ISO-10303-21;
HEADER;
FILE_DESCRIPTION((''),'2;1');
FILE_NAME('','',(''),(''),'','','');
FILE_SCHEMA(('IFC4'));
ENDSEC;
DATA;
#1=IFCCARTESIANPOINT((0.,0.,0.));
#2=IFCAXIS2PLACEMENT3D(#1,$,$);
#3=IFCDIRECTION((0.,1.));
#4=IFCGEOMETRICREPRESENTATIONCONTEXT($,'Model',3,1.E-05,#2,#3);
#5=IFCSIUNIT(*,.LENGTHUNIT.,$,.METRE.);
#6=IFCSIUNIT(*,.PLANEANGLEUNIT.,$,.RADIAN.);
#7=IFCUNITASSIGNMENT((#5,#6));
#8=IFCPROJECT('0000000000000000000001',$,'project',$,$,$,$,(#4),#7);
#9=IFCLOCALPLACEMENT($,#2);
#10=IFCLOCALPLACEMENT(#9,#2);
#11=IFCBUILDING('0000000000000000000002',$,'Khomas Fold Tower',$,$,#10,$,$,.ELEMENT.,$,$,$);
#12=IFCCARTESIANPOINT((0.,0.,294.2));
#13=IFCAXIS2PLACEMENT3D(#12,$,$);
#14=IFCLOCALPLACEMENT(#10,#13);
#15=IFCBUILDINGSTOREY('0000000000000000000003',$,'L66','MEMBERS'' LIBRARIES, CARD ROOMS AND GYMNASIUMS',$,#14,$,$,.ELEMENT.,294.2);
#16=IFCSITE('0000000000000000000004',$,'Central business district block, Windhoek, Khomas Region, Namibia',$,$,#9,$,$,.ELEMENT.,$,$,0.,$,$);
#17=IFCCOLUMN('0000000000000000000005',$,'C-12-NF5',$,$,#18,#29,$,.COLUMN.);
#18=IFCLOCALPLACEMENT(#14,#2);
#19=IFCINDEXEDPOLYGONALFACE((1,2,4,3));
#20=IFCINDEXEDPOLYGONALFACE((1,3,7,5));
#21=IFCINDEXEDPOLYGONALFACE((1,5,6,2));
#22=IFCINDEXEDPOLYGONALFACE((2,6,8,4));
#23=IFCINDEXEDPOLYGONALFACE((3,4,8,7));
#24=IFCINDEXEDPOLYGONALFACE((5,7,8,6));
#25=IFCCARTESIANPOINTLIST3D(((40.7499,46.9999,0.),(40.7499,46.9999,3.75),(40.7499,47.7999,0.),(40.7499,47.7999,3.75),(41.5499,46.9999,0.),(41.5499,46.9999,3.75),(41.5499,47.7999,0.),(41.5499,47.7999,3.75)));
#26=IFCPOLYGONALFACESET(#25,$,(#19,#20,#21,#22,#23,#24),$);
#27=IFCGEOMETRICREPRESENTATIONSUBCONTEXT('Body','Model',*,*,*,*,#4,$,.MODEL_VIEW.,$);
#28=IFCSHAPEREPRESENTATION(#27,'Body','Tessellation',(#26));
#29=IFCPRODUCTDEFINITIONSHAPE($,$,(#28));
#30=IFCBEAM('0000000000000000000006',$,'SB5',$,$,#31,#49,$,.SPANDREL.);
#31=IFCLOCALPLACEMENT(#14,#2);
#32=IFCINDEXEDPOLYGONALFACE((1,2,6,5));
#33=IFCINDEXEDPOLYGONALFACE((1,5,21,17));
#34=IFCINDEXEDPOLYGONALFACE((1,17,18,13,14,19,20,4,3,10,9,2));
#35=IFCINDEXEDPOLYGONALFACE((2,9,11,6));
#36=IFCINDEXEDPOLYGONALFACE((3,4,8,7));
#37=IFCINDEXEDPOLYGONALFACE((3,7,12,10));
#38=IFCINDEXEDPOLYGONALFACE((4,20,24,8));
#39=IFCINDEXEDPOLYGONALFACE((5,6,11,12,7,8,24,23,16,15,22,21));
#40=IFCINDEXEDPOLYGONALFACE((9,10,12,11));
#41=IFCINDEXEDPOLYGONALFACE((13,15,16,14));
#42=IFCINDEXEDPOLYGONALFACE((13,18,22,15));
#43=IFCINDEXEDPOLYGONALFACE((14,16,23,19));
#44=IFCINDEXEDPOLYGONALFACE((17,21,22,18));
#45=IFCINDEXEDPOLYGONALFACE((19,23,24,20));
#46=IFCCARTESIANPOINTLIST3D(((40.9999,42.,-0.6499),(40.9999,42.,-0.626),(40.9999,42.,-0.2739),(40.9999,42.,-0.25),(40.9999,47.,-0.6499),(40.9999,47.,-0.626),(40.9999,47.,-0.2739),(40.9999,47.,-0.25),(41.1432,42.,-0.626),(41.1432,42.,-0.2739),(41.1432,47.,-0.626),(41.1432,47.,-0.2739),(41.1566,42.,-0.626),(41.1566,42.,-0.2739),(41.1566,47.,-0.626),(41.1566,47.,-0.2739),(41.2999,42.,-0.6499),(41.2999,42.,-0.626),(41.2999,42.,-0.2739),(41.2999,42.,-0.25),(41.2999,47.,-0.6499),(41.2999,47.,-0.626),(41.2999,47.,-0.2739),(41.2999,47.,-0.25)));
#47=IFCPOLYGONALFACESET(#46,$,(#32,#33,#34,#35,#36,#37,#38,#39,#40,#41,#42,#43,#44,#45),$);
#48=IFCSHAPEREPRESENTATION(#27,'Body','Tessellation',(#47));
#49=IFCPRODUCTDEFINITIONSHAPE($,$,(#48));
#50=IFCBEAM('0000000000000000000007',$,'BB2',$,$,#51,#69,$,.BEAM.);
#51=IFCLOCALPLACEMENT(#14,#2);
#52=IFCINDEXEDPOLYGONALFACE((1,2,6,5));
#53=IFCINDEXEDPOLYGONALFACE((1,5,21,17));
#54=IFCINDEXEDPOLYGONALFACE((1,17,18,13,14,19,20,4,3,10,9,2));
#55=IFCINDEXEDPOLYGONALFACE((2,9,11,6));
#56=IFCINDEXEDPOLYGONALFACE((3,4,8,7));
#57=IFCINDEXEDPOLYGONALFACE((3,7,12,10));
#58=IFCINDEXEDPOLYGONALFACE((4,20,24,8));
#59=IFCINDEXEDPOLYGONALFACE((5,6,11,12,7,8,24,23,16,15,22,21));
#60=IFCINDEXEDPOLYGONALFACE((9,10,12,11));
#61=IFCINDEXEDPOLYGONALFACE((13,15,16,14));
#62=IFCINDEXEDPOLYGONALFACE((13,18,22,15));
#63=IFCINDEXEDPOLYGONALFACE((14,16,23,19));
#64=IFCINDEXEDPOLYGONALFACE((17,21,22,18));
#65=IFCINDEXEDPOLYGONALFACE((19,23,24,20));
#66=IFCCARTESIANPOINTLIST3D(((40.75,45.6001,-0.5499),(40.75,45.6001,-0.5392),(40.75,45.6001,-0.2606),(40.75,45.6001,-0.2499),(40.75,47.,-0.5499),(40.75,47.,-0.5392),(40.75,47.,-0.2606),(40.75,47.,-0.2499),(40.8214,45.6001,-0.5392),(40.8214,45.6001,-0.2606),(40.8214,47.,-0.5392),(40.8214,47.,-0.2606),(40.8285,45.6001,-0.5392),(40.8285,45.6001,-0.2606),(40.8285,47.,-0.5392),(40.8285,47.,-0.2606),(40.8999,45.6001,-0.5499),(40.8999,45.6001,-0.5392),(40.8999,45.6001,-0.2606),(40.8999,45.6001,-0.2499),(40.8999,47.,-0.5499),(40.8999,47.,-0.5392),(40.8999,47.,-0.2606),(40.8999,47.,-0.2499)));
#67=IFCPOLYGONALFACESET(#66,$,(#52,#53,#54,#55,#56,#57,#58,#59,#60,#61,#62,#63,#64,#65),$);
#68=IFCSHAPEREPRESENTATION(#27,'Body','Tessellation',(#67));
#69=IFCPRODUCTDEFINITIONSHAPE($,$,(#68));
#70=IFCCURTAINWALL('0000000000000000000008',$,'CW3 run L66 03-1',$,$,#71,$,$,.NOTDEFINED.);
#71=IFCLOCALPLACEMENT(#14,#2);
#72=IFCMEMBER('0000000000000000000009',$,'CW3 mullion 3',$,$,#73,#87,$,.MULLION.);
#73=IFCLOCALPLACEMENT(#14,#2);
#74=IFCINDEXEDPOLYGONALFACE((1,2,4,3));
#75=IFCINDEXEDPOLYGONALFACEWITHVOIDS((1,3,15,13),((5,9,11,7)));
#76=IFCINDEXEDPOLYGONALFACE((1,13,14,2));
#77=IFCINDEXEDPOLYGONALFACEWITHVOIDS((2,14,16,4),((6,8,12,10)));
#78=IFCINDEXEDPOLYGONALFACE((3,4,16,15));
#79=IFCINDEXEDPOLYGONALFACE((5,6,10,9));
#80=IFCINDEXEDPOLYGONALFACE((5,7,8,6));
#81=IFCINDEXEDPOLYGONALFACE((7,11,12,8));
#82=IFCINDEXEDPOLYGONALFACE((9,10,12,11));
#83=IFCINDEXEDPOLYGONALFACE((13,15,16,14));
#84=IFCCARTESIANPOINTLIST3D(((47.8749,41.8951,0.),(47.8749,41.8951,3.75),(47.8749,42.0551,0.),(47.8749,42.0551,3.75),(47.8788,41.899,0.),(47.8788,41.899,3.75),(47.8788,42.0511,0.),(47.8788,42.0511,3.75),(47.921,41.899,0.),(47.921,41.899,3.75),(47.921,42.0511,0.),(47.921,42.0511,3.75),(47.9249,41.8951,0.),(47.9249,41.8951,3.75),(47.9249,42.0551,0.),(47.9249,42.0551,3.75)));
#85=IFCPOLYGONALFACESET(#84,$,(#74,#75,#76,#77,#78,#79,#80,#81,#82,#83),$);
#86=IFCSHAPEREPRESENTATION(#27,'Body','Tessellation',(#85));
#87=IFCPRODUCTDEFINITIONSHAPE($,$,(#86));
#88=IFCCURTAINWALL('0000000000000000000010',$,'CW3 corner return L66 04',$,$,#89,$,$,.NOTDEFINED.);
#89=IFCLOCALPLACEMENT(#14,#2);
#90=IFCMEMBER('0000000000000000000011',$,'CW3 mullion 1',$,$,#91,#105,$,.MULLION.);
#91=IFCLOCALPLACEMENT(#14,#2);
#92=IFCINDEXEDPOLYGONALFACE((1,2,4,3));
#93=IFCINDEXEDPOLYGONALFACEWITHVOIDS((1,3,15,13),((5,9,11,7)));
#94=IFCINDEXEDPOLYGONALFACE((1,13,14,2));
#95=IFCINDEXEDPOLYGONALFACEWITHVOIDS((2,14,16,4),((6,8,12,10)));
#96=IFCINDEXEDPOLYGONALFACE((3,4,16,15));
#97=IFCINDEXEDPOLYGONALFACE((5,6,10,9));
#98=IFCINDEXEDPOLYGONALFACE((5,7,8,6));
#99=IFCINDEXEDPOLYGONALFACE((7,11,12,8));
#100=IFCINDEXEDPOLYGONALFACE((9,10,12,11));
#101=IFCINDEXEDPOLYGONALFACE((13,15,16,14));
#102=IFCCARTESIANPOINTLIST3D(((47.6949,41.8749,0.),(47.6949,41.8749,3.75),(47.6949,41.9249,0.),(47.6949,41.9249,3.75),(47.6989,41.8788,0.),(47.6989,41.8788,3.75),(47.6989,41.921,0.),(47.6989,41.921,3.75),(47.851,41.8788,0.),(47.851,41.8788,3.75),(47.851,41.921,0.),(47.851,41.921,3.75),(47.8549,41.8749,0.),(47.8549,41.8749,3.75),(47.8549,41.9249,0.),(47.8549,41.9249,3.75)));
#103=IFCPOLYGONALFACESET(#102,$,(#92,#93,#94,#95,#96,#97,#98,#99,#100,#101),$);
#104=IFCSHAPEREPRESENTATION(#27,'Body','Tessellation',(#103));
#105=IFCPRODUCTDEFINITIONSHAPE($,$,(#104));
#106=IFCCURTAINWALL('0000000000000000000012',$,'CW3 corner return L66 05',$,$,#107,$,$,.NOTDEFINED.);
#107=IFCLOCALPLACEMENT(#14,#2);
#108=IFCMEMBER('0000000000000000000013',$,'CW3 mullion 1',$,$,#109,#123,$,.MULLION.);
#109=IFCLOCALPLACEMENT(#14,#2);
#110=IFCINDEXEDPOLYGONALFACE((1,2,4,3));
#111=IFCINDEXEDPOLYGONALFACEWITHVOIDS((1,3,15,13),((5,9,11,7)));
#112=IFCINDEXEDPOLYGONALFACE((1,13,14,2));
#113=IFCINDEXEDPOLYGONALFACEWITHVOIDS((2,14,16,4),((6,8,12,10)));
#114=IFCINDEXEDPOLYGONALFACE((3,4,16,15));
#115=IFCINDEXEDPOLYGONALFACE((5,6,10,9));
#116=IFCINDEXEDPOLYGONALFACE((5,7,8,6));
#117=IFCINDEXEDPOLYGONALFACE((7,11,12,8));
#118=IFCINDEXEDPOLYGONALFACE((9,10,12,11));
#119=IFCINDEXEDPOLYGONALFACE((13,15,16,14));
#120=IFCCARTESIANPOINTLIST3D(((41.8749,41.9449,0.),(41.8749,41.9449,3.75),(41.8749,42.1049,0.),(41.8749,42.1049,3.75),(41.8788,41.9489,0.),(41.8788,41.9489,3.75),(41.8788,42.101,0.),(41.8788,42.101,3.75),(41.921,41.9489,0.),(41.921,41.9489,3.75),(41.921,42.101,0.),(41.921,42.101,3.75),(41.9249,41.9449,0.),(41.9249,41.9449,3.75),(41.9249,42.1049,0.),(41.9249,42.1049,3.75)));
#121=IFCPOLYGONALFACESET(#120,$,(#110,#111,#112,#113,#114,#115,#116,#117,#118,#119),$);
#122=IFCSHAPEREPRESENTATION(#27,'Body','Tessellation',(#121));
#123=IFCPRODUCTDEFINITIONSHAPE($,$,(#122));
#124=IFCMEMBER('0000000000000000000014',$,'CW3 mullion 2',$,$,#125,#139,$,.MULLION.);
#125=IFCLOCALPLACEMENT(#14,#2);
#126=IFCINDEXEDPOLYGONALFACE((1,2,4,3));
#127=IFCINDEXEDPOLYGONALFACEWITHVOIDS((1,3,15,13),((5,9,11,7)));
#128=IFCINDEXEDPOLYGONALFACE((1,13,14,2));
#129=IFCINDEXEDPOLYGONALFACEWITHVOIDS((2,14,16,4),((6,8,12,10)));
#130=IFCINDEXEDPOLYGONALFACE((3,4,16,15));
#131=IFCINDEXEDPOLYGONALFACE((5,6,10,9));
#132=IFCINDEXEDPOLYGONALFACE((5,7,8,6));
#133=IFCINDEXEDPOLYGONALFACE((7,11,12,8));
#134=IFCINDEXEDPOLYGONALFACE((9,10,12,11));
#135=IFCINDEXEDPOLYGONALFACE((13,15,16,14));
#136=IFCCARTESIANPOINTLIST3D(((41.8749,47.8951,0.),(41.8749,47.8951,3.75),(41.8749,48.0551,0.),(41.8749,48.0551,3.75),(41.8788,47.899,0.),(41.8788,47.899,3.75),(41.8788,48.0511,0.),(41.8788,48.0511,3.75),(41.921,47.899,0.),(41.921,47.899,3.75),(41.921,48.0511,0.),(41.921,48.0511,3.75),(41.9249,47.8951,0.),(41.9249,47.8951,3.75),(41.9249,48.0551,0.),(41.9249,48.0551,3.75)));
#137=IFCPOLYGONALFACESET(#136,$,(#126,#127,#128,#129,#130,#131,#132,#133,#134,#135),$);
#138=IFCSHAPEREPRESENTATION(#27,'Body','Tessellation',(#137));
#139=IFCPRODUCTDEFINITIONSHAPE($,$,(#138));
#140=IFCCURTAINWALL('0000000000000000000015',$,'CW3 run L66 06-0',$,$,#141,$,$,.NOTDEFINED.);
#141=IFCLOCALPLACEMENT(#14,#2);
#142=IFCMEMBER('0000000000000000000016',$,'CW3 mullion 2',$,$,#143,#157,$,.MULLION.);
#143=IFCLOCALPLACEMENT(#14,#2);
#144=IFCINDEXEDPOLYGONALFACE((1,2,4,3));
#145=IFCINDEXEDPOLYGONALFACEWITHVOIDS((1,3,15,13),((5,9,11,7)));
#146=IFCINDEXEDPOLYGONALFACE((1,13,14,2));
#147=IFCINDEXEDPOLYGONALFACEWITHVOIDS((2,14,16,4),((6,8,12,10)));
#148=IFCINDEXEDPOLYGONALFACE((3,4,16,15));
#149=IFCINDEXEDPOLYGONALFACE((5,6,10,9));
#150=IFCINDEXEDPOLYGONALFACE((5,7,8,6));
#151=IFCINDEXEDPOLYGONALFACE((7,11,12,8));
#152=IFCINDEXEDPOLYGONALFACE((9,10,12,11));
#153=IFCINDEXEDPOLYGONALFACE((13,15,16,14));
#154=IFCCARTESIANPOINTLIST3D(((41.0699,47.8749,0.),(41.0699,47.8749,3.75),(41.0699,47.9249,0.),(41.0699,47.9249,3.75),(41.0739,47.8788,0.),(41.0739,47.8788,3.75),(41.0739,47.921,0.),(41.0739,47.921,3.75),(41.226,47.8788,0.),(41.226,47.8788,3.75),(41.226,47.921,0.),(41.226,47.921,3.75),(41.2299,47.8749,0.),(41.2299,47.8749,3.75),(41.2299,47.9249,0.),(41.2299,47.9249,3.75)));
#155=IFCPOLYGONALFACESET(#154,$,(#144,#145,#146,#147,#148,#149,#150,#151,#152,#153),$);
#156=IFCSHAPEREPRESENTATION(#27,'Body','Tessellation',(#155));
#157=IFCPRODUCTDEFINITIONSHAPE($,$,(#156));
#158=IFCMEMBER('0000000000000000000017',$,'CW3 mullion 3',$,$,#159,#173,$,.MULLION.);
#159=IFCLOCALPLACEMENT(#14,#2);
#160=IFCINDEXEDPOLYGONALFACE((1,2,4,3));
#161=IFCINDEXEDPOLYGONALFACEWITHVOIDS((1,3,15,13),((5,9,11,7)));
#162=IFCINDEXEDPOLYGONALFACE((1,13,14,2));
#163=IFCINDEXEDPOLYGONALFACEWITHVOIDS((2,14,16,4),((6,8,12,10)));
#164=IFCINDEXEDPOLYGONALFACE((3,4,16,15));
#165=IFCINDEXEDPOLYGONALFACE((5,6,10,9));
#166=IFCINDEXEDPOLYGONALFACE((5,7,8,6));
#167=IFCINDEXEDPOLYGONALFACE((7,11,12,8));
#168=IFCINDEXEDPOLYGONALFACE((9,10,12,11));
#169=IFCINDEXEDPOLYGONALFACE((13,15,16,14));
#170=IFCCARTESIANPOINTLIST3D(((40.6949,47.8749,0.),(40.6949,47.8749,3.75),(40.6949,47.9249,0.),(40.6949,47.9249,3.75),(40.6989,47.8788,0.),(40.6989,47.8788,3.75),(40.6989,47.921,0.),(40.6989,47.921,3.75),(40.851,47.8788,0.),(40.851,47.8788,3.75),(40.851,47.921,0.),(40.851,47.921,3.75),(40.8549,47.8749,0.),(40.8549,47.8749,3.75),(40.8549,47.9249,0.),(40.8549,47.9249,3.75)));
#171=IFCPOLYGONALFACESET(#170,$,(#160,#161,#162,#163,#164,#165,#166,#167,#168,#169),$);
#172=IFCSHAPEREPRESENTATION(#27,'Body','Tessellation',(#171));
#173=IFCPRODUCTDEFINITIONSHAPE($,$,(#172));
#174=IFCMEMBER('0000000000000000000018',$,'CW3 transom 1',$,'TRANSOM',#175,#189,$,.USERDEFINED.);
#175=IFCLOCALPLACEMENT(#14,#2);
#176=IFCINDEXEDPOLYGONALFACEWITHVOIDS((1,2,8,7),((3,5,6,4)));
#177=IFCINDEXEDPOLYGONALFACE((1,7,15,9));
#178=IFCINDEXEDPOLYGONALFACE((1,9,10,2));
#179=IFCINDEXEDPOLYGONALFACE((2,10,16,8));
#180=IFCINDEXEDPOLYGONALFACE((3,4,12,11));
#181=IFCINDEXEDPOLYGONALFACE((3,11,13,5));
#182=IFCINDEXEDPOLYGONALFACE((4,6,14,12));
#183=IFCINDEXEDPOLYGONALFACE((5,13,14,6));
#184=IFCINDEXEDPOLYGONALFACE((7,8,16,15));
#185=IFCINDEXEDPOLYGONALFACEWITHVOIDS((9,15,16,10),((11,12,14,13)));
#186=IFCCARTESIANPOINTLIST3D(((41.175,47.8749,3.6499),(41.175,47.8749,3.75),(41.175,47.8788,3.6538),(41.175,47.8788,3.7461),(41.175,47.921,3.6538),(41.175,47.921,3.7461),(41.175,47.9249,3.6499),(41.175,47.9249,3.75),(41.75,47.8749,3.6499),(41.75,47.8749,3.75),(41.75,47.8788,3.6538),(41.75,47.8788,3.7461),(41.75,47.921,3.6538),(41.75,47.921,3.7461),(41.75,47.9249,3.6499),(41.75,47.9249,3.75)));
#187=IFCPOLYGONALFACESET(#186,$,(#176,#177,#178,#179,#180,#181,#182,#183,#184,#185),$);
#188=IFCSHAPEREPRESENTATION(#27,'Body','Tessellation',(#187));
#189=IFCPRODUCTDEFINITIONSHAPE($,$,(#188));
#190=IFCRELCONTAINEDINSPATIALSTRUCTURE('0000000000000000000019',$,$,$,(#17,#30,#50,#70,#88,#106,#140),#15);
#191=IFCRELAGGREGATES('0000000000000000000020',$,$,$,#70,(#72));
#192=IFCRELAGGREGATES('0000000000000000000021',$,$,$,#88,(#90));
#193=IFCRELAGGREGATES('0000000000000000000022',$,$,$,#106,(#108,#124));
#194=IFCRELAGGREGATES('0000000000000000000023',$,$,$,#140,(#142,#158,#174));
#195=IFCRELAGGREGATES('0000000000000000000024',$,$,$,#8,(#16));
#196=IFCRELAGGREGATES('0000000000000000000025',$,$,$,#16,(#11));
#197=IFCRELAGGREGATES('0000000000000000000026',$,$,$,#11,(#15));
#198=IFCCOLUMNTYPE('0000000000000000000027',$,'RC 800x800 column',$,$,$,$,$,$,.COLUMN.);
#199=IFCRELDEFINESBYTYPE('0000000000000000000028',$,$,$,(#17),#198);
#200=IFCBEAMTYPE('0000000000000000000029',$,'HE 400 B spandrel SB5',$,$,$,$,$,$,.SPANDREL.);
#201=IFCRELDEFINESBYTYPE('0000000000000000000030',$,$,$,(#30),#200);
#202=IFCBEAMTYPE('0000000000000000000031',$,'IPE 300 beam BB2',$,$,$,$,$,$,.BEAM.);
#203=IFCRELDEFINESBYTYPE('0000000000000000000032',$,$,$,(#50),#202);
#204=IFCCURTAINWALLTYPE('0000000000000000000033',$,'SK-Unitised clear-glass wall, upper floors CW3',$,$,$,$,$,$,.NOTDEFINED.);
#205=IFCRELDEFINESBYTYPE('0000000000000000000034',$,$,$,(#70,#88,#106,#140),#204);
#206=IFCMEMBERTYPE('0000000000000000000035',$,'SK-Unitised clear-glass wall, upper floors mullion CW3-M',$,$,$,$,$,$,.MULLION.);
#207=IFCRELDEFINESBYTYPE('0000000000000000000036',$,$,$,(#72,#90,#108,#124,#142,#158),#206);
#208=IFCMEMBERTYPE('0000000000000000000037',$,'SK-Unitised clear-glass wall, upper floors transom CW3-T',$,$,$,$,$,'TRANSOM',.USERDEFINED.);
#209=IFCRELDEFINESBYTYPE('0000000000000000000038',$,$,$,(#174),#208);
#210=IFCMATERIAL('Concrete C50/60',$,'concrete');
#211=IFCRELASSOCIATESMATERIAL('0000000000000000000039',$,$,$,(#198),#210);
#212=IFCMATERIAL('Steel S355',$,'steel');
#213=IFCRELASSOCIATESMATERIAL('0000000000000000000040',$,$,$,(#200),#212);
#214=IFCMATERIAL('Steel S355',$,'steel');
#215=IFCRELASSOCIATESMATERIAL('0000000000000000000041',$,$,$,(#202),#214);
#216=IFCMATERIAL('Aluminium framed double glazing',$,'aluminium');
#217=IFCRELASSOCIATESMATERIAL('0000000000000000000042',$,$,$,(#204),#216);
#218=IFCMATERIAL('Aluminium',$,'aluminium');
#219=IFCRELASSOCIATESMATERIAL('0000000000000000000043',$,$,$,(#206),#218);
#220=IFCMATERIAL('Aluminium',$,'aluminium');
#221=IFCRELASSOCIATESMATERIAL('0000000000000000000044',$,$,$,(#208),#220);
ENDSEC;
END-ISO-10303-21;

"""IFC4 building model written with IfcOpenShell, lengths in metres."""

from ifc_helpers import new_model, si_unit, direction, frame, origin, origin_2d, place, context, subcontext, project, spatial, rectangle, hollow_rectangle, i_section, extrude, source, transform, mapped, material, material_profile, profile_set, type_object, element, aggregate, save


model = new_model("IFC4")

# Units and contexts
model_context = context("Model", 3, precision=1e-05, world=origin(), true_north=direction((0.0, 1.0)))
body_context = subcontext(model_context, "Body", "Model", "MODEL_VIEW")
ifc_project = project(units=[si_unit("LENGTHUNIT", "METRE"), si_unit("PLANEANGLEUNIT", "RADIAN")], contexts=[model_context])

# Site, building, storey
site_placement = place(None, origin())
site = spatial("IfcSite", under=ifc_project, at=site_placement, Name="Central business district block, Windhoek, Khomas Region, Namibia", CompositionType="ELEMENT", RefElevation=0.0)
building_placement = place(site_placement, origin())
building = spatial("IfcBuilding", under=site, at=building_placement, Name="Khomas Fold Tower", CompositionType="ELEMENT")
storey_placement = place(building_placement, frame((0.0, 0.0, 294.2)))
storey = spatial("IfcBuildingStorey", under=building, at=storey_placement, Name="L66", Description="MEMBERS' LIBRARIES, CARD ROOMS AND GYMNASIUMS", CompositionType="ELEMENT", Elevation=294.2)

# Column
ifc_material_1 = material(Name="Concrete C50/60", Category="concrete")
ifc_material_profile_1 = material_profile(ifc_material_1, rectangle(XDim=0.8, YDim=0.8, at=origin_2d()), Name="RC 800x800")
ifc_profile_set_1 = profile_set([ifc_material_profile_1], Name="Concrete C50/60")
column_type = type_object("IfcColumnType", Name="RC 800x800 column", PredefinedType="COLUMN", material=ifc_profile_set_1)
shared_shape_1 = source(origin(), body_context, "Body", "SweptSolid", [
    extrude(rectangle(XDim=0.8, YDim=0.8, at=origin_2d()), origin(), (0.0, 0.0, 1.0), 3.75),
])
column_placement = place(storey_placement, frame((41.1499, 47.3999, 0.0), z_axis=(0.0, 0.0, 1.0), x_axis=(1.0, 0.0, 0.0)))
element("IfcColumn", 1, at=column_placement, inside=storey, type_object=column_type, Name="C-12-NF5", PredefinedType="COLUMN", context=body_context, shape_type="MappedRepresentation", body=[
    mapped(shared_shape_1, transform((0.0, 0.0, 0.0))),
])

# Beams
ifc_material_2 = material(Name="Steel S355", Category="steel")
ifc_material_profile_2 = material_profile(ifc_material_2, i_section(OverallWidth=0.3, OverallDepth=0.3999, WebThickness=0.0134, FlangeThickness=0.0239, at=origin_2d()), Name="HE 400 B")
ifc_profile_set_2 = profile_set([ifc_material_profile_2], Name="Steel S355")
beam_type_1 = type_object("IfcBeamType", Name="HE 400 B spandrel SB5", PredefinedType="SPANDREL", material=ifc_profile_set_2)
shared_shape_2 = source(origin(), body_context, "Body", "SweptSolid", [
    extrude(i_section(OverallWidth=0.3, OverallDepth=0.3999, WebThickness=0.0134, FlangeThickness=0.0239, at=origin_2d()), origin(), (0.0, 0.0, 1.0), 5.0),
])
beam_1_placement = place(storey_placement, frame((41.1499, 42.0, -0.45), z_axis=(0.0, 1.0, 0.0), x_axis=(-1.0, 0.0, 0.0)))
element("IfcBeam", 2, at=beam_1_placement, inside=storey, type_object=beam_type_1, Name="SB5", PredefinedType="SPANDREL", context=body_context, shape_type="MappedRepresentation", body=[
    mapped(shared_shape_2, transform((0.0, 0.0, 0.0))),
])
ifc_material_3 = material(Name="Steel S355", Category="steel")
ifc_material_profile_3 = material_profile(ifc_material_3, i_section(OverallWidth=0.1499, OverallDepth=0.3, WebThickness=0.0071, FlangeThickness=0.0107, at=origin_2d()), Name="IPE 300")
ifc_profile_set_3 = profile_set([ifc_material_profile_3], Name="Steel S355")
beam_type_2 = type_object("IfcBeamType", Name="IPE 300 beam BB2", PredefinedType="BEAM", material=ifc_profile_set_3)
shared_shape_3 = source(origin(), body_context, "Body", "SweptSolid", [
    extrude(i_section(OverallWidth=0.1499, OverallDepth=0.3, WebThickness=0.0071, FlangeThickness=0.0107, at=origin_2d()), origin(), (0.0, 0.0, 1.0), 1.3999),
])
beam_2_placement = place(storey_placement, frame((40.825, 45.6001, -0.3999), z_axis=(0.0, 1.0, 0.0), x_axis=(-1.0, 0.0, 0.0)))
element("IfcBeam", 3, at=beam_2_placement, inside=storey, type_object=beam_type_2, Name="BB2", PredefinedType="BEAM", context=body_context, shape_type="MappedRepresentation", body=[
    mapped(shared_shape_3, transform((0.0, 0.0, 0.0))),
])

# Curtain walls, members
ifc_material_4 = material(Name="Aluminium framed double glazing", Category="aluminium")
curtain_wall_type = type_object("IfcCurtainWallType", Name="SK-Unitised clear-glass wall, upper floors CW3", PredefinedType="NOTDEFINED", material=ifc_material_4)
curtain_wall_1_placement = place(storey_placement, origin())
curtain_wall_1 = element("IfcCurtainWall", 4, at=curtain_wall_1_placement, inside=storey, type_object=curtain_wall_type, Name="CW3 run L66 03-1", PredefinedType="NOTDEFINED")
ifc_material_5 = material(Name="Aluminium", Category="aluminium")
ifc_material_profile_4 = material_profile(ifc_material_5, hollow_rectangle(XDim=0.05, YDim=0.1599, WallThickness=0.0039, at=origin_2d()), Name="SK-Unitised clear-glass wall, upper floors mullion CW3-M")
ifc_profile_set_4 = profile_set([ifc_material_profile_4], Name="Aluminium")
member_type_1 = type_object("IfcMemberType", Name="SK-Unitised clear-glass wall, upper floors mullion CW3-M", PredefinedType="MULLION", material=ifc_profile_set_4)
shared_shape_4 = source(origin(), body_context, "Body", "SweptSolid", [
    extrude(hollow_rectangle(XDim=0.05, YDim=0.1599, WallThickness=0.0039, at=origin_2d()), origin(), (0.0, 0.0, 1.0), 3.75),
])
member_1_placement = place(storey_placement, frame((47.8999, 41.9751, 0.0), z_axis=(0.0, 0.0, 1.0), x_axis=(-1.0, 0.0, 0.0)))
member_1 = element("IfcMember", 5, at=member_1_placement, type_object=member_type_1, Name="CW3 mullion 3", PredefinedType="MULLION", context=body_context, shape_type="MappedRepresentation", body=[
    mapped(shared_shape_4, transform((0.0, 0.0, 0.0))),
])
aggregate(curtain_wall_1, [member_1])
curtain_wall_2_placement = place(storey_placement, origin())
curtain_wall_2 = element("IfcCurtainWall", 6, at=curtain_wall_2_placement, inside=storey, type_object=curtain_wall_type, Name="CW3 corner return L66 04", PredefinedType="NOTDEFINED")
member_2_placement = place(storey_placement, frame((47.7749, 41.8999, 0.0), z_axis=(0.0, 0.0, 1.0), x_axis=(0.0, -1.0, 0.0)))
member_2 = element("IfcMember", 7, at=member_2_placement, type_object=member_type_1, Name="CW3 mullion 1", PredefinedType="MULLION", context=body_context, shape_type="MappedRepresentation", body=[
    mapped(shared_shape_4, transform((0.0, 0.0, 0.0))),
])

# Curtain walls, members
curtain_wall_3_placement = place(storey_placement, origin())
curtain_wall_3 = element("IfcCurtainWall", 8, at=curtain_wall_3_placement, inside=storey, type_object=curtain_wall_type, Name="CW3 corner return L66 05", PredefinedType="NOTDEFINED")
member_3_placement = place(storey_placement, frame((41.8999, 42.0249, 0.0), z_axis=(0.0, 0.0, 1.0), x_axis=(-1.0, 0.0, 0.0)))
member_3 = element("IfcMember", 9, at=member_3_placement, type_object=member_type_1, Name="CW3 mullion 1", PredefinedType="MULLION", context=body_context, shape_type="MappedRepresentation", body=[
    mapped(shared_shape_4, transform((0.0, 0.0, 0.0))),
])
member_4_placement = place(storey_placement, frame((41.8999, 47.9751, 0.0), z_axis=(0.0, 0.0, 1.0), x_axis=(-1.0, 0.0, 0.0)))
member_4 = element("IfcMember", 10, at=member_4_placement, type_object=member_type_1, Name="CW3 mullion 2", PredefinedType="MULLION", context=body_context, shape_type="MappedRepresentation", body=[
    mapped(shared_shape_4, transform((0.0, 0.0, 0.0))),
])
curtain_wall_4_placement = place(storey_placement, origin())
curtain_wall_4 = element("IfcCurtainWall", 11, at=curtain_wall_4_placement, inside=storey, type_object=curtain_wall_type, Name="CW3 run L66 06-0", PredefinedType="NOTDEFINED")
member_5_placement = place(storey_placement, frame((41.1499, 47.8999, 0.0), z_axis=(0.0, 0.0, 1.0), x_axis=(0.0, -1.0, 0.0)))
member_5 = element("IfcMember", 12, at=member_5_placement, type_object=member_type_1, Name="CW3 mullion 2", PredefinedType="MULLION", context=body_context, shape_type="MappedRepresentation", body=[
    mapped(shared_shape_4, transform((0.0, 0.0, 0.0))),
])
member_6_placement = place(storey_placement, frame((40.7749, 47.8999, 0.0), z_axis=(0.0, 0.0, 1.0), x_axis=(0.0, -1.0, 0.0)))
member_6 = element("IfcMember", 13, at=member_6_placement, type_object=member_type_1, Name="CW3 mullion 3", PredefinedType="MULLION", context=body_context, shape_type="MappedRepresentation", body=[
    mapped(shared_shape_4, transform((0.0, 0.0, 0.0))),
])
ifc_material_6 = material(Name="Aluminium", Category="aluminium")
ifc_material_profile_5 = material_profile(ifc_material_6, hollow_rectangle(XDim=0.05, YDim=0.1001, WallThickness=0.0039, at=origin_2d()), Name="SK-Unitised clear-glass wall, upper floors transom CW3-T")
ifc_profile_set_5 = profile_set([ifc_material_profile_5], Name="Aluminium")
member_type_2 = type_object("IfcMemberType", Name="SK-Unitised clear-glass wall, upper floors transom CW3-T", ElementType="TRANSOM", PredefinedType="USERDEFINED", material=ifc_profile_set_5)
shared_shape_5 = source(origin(), body_context, "Body", "SweptSolid", [
    extrude(hollow_rectangle(XDim=0.05, YDim=0.1001, WallThickness=0.0039, at=origin_2d()), origin(), (0.0, 0.0, 1.0), 0.575),
])
member_7_placement = place(storey_placement, frame((41.75, 47.8999, 3.7), z_axis=(-1.0, 0.0, 0.0), x_axis=(0.0, -1.0, 0.0)))
member_7 = element("IfcMember", 14, at=member_7_placement, type_object=member_type_2, Name="CW3 transom 1", ObjectType="TRANSOM", PredefinedType="USERDEFINED", context=body_context, shape_type="MappedRepresentation", body=[
    mapped(shared_shape_5, transform((0.0, 0.0, 0.0))),
])

aggregate(curtain_wall_2, [member_2])
aggregate(curtain_wall_3, [member_3, member_4])
aggregate(curtain_wall_4, [member_5, member_6, member_7])

save(model, "model.ifc")
